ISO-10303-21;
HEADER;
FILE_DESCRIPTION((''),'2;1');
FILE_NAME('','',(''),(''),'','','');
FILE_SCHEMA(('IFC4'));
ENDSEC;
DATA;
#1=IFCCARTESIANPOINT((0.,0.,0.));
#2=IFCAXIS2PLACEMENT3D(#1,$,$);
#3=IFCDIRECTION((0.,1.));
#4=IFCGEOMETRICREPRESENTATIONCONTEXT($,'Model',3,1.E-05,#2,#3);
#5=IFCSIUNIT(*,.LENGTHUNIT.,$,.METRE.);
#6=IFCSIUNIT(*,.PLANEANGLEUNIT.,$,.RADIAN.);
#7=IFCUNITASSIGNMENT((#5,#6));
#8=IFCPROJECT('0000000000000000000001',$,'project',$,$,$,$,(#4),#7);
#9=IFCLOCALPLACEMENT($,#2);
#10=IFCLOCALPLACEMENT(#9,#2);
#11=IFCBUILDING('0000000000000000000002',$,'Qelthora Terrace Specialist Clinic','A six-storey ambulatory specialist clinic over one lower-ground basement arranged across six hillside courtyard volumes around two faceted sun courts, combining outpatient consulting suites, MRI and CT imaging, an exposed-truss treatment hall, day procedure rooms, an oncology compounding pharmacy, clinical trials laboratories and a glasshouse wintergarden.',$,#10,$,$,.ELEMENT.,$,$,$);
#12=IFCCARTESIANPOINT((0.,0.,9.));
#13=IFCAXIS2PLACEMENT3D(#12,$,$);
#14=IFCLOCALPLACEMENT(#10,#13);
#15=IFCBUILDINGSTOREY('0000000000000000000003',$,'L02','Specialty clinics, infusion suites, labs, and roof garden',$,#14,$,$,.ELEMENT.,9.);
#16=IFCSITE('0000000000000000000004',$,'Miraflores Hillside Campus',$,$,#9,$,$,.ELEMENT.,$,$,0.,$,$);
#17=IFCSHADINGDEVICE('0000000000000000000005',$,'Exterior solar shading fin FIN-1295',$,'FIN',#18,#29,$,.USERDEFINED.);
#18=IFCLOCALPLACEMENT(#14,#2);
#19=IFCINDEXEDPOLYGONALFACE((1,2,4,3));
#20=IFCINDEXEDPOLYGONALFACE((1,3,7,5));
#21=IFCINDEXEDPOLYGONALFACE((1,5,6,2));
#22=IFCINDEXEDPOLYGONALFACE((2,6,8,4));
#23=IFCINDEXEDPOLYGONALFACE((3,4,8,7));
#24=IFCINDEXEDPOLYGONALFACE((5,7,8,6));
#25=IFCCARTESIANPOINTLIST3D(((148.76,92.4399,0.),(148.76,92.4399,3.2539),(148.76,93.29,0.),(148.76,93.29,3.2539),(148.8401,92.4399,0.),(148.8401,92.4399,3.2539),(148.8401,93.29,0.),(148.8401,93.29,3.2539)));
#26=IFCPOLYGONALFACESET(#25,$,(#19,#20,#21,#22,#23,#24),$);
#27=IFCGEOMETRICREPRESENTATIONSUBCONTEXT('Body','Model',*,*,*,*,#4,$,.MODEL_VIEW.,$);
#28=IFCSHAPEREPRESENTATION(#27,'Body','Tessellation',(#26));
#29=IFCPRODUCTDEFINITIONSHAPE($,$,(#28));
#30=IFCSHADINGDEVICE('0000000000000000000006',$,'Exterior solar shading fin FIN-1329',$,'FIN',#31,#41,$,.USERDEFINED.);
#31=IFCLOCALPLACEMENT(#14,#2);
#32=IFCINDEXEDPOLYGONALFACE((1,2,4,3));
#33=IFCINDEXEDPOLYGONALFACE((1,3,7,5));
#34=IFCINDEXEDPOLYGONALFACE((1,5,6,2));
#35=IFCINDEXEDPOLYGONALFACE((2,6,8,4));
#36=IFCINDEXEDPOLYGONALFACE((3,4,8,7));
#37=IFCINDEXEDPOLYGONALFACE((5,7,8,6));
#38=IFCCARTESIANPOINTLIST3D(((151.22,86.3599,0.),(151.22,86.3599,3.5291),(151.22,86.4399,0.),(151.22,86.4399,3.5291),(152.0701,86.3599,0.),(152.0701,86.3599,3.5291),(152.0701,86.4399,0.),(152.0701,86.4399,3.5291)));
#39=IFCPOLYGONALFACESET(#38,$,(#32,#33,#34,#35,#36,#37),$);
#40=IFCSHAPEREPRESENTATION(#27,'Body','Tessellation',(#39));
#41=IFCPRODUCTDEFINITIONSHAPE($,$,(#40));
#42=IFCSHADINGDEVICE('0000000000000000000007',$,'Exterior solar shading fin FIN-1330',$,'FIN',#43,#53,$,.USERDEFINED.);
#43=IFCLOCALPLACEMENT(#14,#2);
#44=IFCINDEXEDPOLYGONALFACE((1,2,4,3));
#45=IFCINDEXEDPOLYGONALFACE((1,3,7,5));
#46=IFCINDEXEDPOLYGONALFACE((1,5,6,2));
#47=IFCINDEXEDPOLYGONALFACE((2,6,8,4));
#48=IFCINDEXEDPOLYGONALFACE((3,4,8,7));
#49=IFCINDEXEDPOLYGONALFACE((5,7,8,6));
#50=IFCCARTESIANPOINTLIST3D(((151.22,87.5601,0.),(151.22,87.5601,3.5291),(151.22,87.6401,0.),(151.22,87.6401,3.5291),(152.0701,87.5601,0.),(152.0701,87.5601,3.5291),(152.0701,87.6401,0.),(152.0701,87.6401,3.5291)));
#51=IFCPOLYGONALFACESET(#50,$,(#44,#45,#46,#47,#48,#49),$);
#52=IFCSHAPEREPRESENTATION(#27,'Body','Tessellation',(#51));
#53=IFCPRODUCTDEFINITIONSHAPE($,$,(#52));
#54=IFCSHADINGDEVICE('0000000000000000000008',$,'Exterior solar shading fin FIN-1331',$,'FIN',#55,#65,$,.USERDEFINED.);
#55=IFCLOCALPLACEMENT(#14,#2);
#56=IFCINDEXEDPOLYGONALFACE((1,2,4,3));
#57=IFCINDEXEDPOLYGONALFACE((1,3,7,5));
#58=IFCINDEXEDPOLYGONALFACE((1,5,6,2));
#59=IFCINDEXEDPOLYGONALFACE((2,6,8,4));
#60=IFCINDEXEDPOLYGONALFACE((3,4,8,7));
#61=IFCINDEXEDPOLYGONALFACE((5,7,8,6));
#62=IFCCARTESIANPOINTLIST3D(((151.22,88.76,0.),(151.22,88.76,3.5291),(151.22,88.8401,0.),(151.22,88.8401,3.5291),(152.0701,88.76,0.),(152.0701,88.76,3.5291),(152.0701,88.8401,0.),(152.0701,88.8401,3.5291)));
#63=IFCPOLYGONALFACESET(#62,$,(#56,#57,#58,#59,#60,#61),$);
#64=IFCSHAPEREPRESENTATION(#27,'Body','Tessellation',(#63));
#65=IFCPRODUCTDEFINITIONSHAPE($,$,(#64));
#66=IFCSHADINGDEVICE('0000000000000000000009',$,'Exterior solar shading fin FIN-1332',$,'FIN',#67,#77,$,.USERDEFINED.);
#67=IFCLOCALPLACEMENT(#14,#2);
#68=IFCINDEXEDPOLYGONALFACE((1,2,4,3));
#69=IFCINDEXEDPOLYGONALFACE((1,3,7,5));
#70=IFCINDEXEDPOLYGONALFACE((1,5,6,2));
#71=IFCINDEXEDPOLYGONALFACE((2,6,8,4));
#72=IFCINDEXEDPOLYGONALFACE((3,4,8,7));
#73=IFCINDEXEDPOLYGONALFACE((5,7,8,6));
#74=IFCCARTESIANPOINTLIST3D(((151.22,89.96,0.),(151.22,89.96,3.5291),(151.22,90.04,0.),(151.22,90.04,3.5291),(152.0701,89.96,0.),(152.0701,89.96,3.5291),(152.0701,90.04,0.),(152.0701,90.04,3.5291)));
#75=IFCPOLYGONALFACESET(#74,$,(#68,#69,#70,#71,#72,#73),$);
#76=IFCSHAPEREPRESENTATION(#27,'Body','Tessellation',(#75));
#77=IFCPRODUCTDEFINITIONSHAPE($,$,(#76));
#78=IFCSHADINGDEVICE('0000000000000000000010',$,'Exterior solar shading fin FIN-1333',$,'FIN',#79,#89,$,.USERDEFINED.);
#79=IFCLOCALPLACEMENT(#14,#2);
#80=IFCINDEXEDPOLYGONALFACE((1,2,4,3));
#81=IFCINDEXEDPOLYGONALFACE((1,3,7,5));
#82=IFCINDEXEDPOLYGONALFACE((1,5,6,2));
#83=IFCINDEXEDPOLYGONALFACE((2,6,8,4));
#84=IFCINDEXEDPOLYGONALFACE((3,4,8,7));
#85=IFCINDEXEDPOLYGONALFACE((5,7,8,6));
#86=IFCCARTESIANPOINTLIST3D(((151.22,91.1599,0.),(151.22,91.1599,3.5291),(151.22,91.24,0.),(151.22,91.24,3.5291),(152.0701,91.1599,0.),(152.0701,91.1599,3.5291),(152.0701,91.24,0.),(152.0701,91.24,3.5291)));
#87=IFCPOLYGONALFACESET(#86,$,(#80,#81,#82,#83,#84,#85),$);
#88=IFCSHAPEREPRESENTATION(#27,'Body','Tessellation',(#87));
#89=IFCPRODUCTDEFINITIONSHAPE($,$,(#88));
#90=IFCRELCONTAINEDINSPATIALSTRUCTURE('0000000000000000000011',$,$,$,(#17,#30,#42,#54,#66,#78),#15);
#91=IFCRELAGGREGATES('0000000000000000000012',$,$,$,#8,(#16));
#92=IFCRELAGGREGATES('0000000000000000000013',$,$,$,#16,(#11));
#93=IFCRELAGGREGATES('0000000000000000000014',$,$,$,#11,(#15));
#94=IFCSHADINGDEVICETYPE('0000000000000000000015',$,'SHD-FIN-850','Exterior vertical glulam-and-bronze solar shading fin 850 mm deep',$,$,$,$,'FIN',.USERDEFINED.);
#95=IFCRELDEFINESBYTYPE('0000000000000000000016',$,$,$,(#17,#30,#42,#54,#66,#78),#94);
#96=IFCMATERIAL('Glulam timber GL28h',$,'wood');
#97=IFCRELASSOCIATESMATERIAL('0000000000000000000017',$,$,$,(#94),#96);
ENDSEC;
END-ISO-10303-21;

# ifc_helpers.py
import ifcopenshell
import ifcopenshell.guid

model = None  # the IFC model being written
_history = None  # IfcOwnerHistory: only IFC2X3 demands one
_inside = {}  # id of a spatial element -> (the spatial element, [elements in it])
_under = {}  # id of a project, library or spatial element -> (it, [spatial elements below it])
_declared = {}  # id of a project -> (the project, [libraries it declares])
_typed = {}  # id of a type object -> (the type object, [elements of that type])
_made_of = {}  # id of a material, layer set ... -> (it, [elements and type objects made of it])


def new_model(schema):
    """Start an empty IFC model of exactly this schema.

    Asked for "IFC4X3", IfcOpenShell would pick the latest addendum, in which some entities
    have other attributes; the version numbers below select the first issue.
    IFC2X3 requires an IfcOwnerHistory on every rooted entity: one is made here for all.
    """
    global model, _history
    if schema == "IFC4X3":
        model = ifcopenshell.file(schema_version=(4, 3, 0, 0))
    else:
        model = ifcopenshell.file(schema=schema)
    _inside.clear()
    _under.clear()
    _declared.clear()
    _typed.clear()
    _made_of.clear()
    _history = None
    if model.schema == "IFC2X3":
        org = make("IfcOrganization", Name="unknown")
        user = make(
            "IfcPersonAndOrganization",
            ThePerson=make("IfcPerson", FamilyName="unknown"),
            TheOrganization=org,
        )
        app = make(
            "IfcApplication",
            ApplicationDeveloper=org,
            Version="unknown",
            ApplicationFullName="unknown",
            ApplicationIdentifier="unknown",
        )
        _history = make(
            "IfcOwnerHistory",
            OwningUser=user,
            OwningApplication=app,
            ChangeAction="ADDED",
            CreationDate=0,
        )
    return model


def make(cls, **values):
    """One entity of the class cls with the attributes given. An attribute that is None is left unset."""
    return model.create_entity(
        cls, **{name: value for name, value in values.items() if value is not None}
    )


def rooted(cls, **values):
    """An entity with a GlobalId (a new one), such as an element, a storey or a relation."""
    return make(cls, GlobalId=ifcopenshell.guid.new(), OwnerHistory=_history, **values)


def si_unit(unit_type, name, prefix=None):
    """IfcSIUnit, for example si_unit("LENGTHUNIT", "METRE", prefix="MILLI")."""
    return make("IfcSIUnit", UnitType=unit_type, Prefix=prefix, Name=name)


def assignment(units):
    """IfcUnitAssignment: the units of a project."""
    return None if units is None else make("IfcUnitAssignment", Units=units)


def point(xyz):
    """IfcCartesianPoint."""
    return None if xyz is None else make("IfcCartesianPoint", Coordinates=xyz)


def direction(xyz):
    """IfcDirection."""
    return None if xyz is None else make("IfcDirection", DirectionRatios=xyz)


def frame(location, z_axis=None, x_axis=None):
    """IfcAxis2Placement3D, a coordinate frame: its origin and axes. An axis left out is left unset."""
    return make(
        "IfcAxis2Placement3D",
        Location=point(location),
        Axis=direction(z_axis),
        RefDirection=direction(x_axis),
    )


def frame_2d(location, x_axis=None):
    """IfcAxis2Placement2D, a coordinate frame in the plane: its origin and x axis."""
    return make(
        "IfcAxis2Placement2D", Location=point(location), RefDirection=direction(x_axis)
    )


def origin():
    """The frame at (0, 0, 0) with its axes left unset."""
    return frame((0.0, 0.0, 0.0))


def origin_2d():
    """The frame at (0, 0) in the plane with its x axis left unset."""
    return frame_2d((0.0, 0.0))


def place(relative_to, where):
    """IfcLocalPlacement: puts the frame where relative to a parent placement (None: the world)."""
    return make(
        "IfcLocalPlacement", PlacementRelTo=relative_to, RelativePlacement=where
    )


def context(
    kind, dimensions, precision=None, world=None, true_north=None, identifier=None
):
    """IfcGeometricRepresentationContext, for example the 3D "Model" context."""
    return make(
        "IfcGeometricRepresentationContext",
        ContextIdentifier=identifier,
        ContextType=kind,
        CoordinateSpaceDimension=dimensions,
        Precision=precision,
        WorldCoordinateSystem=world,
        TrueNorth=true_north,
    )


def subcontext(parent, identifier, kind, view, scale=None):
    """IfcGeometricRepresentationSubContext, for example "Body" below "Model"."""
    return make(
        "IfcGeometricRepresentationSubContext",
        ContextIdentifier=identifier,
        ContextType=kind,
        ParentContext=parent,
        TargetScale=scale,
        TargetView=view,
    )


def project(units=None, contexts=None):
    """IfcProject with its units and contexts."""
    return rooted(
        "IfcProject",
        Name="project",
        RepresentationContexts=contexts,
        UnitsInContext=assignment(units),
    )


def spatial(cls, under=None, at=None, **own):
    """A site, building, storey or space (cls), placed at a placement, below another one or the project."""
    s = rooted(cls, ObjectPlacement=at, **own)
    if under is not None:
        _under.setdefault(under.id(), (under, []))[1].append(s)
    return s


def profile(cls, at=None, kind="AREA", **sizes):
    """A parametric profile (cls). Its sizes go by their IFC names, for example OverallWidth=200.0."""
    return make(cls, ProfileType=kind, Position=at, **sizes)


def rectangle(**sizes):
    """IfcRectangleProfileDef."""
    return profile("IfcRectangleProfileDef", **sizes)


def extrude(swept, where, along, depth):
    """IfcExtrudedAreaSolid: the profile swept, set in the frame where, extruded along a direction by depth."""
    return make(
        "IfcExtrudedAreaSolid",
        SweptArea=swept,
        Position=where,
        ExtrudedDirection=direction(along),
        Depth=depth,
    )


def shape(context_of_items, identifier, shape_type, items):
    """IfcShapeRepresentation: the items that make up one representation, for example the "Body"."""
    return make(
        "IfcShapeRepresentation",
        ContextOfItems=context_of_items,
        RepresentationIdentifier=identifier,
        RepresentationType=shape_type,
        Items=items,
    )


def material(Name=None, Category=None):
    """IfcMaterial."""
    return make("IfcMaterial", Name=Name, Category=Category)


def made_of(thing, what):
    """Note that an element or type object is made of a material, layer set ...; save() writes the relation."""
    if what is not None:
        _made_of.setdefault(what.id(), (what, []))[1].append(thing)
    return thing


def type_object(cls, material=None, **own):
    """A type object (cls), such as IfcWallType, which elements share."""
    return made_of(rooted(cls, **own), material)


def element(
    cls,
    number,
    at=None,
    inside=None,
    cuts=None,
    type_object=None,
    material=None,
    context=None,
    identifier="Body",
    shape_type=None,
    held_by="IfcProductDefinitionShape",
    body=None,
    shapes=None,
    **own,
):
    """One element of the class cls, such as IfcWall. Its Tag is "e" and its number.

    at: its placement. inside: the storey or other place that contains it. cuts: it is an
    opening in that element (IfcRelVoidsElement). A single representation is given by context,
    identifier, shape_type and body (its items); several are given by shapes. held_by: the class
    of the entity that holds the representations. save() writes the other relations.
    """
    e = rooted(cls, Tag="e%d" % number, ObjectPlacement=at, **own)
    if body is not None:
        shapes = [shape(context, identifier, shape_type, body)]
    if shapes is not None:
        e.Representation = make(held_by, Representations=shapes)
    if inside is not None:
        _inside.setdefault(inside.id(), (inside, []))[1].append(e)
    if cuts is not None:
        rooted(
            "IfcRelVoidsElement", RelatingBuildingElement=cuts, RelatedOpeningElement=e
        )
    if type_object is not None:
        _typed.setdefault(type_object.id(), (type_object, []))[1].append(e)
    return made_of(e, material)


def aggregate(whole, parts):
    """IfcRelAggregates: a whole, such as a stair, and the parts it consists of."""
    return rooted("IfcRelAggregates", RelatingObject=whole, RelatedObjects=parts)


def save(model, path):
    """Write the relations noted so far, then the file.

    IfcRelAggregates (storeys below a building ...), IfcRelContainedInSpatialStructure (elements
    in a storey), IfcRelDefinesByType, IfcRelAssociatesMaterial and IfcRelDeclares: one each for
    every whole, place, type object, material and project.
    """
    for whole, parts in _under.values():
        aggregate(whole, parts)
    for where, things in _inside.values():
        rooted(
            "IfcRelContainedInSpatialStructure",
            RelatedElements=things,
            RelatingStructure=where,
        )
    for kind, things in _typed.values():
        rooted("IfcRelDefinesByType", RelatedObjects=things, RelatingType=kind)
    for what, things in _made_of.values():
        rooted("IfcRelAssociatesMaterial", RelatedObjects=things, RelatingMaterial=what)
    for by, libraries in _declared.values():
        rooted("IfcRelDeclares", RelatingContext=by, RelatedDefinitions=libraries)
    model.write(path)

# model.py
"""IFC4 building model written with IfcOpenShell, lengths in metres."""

from ifc_helpers import new_model, si_unit, direction, frame, origin, origin_2d, place, context, subcontext, project, spatial, rectangle, extrude, material, type_object, element, save


model = new_model("IFC4")

# Units and contexts
model_context = context("Model", 3, precision=1e-05, world=origin(), true_north=direction((0.0, 1.0)))
body_context = subcontext(model_context, "Body", "Model", "MODEL_VIEW")
ifc_project = project(units=[si_unit("LENGTHUNIT", "METRE"), si_unit("PLANEANGLEUNIT", "RADIAN")], contexts=[model_context])

# Site, building, storey
site_placement = place(None, origin())
site = spatial("IfcSite", under=ifc_project, at=site_placement, Name="Miraflores Hillside Campus", CompositionType="ELEMENT", RefElevation=0.0)
building_placement = place(site_placement, origin())
building = spatial("IfcBuilding", under=site, at=building_placement, Name="Qelthora Terrace Specialist Clinic", Description="A six-storey ambulatory specialist clinic over one lower-ground basement arranged across six hillside courtyard volumes around two faceted sun courts, combining outpatient consulting suites, MRI and CT imaging, an exposed-truss treatment hall, day procedure rooms, an oncology compounding pharmacy, clinical trials laboratories and a glasshouse wintergarden.", CompositionType="ELEMENT")
storey_placement = place(building_placement, frame((0.0, 0.0, 9.0)))
storey = spatial("IfcBuildingStorey", under=building, at=storey_placement, Name="L02", Description="Specialty clinics, infusion suites, labs, and roof garden", CompositionType="ELEMENT", Elevation=9.0)

# Shading devices
ifc_material_1 = material(Name="Glulam timber GL28h", Category="wood")
shading_device_type = type_object("IfcShadingDeviceType", Name="SHD-FIN-850", Description="Exterior vertical glulam-and-bronze solar shading fin 850 mm deep", ElementType="FIN", PredefinedType="USERDEFINED", material=ifc_material_1)
for number, where, z_axis, x_axis, name in (
    (1, (148.8, 92.865, 0.0), (0.0, 0.0, 1.0), (0.0, 1.0, 0.0), "Exterior solar shading fin FIN-1295"),
):
    element("IfcShadingDevice", number, at=place(storey_placement, frame(where, z_axis=z_axis, x_axis=x_axis)), inside=storey, type_object=shading_device_type, Name=name, ObjectType="FIN", PredefinedType="USERDEFINED", context=body_context, shape_type="SweptSolid", body=[
        extrude(rectangle(XDim=0.8501, YDim=0.0801, at=origin_2d()), origin(), (0.0, 0.0, 1.0), 3.2539),
    ])
for number, where, z_axis, x_axis, name in (
    (2, (151.645, 86.3999, 0.0), (0.0, 0.0, 1.0), (1.0, 0.0, 0.0), "Exterior solar shading fin FIN-1329"),
    (3, (151.645, 87.6001, 0.0), (0.0, 0.0, 1.0), (1.0, 0.0, 0.0), "Exterior solar shading fin FIN-1330"),
    (4, (151.645, 88.8, 0.0), (0.0, 0.0, 1.0), (1.0, 0.0, 0.0), "Exterior solar shading fin FIN-1331"),
    (5, (151.645, 90.0, 0.0), (0.0, 0.0, 1.0), (1.0, 0.0, 0.0), "Exterior solar shading fin FIN-1332"),
    (6, (151.645, 91.2, 0.0), (0.0, 0.0, 1.0), (1.0, 0.0, 0.0), "Exterior solar shading fin FIN-1333"),
):
    element("IfcShadingDevice", number, at=place(storey_placement, frame(where, z_axis=z_axis, x_axis=x_axis)), inside=storey, type_object=shading_device_type, Name=name, ObjectType="FIN", PredefinedType="USERDEFINED", context=body_context, shape_type="SweptSolid", body=[
        extrude(rectangle(XDim=0.8501, YDim=0.0801, at=origin_2d()), origin(), (0.0, 0.0, 1.0), 3.5291),
    ])

save(model, "model.ifc")
